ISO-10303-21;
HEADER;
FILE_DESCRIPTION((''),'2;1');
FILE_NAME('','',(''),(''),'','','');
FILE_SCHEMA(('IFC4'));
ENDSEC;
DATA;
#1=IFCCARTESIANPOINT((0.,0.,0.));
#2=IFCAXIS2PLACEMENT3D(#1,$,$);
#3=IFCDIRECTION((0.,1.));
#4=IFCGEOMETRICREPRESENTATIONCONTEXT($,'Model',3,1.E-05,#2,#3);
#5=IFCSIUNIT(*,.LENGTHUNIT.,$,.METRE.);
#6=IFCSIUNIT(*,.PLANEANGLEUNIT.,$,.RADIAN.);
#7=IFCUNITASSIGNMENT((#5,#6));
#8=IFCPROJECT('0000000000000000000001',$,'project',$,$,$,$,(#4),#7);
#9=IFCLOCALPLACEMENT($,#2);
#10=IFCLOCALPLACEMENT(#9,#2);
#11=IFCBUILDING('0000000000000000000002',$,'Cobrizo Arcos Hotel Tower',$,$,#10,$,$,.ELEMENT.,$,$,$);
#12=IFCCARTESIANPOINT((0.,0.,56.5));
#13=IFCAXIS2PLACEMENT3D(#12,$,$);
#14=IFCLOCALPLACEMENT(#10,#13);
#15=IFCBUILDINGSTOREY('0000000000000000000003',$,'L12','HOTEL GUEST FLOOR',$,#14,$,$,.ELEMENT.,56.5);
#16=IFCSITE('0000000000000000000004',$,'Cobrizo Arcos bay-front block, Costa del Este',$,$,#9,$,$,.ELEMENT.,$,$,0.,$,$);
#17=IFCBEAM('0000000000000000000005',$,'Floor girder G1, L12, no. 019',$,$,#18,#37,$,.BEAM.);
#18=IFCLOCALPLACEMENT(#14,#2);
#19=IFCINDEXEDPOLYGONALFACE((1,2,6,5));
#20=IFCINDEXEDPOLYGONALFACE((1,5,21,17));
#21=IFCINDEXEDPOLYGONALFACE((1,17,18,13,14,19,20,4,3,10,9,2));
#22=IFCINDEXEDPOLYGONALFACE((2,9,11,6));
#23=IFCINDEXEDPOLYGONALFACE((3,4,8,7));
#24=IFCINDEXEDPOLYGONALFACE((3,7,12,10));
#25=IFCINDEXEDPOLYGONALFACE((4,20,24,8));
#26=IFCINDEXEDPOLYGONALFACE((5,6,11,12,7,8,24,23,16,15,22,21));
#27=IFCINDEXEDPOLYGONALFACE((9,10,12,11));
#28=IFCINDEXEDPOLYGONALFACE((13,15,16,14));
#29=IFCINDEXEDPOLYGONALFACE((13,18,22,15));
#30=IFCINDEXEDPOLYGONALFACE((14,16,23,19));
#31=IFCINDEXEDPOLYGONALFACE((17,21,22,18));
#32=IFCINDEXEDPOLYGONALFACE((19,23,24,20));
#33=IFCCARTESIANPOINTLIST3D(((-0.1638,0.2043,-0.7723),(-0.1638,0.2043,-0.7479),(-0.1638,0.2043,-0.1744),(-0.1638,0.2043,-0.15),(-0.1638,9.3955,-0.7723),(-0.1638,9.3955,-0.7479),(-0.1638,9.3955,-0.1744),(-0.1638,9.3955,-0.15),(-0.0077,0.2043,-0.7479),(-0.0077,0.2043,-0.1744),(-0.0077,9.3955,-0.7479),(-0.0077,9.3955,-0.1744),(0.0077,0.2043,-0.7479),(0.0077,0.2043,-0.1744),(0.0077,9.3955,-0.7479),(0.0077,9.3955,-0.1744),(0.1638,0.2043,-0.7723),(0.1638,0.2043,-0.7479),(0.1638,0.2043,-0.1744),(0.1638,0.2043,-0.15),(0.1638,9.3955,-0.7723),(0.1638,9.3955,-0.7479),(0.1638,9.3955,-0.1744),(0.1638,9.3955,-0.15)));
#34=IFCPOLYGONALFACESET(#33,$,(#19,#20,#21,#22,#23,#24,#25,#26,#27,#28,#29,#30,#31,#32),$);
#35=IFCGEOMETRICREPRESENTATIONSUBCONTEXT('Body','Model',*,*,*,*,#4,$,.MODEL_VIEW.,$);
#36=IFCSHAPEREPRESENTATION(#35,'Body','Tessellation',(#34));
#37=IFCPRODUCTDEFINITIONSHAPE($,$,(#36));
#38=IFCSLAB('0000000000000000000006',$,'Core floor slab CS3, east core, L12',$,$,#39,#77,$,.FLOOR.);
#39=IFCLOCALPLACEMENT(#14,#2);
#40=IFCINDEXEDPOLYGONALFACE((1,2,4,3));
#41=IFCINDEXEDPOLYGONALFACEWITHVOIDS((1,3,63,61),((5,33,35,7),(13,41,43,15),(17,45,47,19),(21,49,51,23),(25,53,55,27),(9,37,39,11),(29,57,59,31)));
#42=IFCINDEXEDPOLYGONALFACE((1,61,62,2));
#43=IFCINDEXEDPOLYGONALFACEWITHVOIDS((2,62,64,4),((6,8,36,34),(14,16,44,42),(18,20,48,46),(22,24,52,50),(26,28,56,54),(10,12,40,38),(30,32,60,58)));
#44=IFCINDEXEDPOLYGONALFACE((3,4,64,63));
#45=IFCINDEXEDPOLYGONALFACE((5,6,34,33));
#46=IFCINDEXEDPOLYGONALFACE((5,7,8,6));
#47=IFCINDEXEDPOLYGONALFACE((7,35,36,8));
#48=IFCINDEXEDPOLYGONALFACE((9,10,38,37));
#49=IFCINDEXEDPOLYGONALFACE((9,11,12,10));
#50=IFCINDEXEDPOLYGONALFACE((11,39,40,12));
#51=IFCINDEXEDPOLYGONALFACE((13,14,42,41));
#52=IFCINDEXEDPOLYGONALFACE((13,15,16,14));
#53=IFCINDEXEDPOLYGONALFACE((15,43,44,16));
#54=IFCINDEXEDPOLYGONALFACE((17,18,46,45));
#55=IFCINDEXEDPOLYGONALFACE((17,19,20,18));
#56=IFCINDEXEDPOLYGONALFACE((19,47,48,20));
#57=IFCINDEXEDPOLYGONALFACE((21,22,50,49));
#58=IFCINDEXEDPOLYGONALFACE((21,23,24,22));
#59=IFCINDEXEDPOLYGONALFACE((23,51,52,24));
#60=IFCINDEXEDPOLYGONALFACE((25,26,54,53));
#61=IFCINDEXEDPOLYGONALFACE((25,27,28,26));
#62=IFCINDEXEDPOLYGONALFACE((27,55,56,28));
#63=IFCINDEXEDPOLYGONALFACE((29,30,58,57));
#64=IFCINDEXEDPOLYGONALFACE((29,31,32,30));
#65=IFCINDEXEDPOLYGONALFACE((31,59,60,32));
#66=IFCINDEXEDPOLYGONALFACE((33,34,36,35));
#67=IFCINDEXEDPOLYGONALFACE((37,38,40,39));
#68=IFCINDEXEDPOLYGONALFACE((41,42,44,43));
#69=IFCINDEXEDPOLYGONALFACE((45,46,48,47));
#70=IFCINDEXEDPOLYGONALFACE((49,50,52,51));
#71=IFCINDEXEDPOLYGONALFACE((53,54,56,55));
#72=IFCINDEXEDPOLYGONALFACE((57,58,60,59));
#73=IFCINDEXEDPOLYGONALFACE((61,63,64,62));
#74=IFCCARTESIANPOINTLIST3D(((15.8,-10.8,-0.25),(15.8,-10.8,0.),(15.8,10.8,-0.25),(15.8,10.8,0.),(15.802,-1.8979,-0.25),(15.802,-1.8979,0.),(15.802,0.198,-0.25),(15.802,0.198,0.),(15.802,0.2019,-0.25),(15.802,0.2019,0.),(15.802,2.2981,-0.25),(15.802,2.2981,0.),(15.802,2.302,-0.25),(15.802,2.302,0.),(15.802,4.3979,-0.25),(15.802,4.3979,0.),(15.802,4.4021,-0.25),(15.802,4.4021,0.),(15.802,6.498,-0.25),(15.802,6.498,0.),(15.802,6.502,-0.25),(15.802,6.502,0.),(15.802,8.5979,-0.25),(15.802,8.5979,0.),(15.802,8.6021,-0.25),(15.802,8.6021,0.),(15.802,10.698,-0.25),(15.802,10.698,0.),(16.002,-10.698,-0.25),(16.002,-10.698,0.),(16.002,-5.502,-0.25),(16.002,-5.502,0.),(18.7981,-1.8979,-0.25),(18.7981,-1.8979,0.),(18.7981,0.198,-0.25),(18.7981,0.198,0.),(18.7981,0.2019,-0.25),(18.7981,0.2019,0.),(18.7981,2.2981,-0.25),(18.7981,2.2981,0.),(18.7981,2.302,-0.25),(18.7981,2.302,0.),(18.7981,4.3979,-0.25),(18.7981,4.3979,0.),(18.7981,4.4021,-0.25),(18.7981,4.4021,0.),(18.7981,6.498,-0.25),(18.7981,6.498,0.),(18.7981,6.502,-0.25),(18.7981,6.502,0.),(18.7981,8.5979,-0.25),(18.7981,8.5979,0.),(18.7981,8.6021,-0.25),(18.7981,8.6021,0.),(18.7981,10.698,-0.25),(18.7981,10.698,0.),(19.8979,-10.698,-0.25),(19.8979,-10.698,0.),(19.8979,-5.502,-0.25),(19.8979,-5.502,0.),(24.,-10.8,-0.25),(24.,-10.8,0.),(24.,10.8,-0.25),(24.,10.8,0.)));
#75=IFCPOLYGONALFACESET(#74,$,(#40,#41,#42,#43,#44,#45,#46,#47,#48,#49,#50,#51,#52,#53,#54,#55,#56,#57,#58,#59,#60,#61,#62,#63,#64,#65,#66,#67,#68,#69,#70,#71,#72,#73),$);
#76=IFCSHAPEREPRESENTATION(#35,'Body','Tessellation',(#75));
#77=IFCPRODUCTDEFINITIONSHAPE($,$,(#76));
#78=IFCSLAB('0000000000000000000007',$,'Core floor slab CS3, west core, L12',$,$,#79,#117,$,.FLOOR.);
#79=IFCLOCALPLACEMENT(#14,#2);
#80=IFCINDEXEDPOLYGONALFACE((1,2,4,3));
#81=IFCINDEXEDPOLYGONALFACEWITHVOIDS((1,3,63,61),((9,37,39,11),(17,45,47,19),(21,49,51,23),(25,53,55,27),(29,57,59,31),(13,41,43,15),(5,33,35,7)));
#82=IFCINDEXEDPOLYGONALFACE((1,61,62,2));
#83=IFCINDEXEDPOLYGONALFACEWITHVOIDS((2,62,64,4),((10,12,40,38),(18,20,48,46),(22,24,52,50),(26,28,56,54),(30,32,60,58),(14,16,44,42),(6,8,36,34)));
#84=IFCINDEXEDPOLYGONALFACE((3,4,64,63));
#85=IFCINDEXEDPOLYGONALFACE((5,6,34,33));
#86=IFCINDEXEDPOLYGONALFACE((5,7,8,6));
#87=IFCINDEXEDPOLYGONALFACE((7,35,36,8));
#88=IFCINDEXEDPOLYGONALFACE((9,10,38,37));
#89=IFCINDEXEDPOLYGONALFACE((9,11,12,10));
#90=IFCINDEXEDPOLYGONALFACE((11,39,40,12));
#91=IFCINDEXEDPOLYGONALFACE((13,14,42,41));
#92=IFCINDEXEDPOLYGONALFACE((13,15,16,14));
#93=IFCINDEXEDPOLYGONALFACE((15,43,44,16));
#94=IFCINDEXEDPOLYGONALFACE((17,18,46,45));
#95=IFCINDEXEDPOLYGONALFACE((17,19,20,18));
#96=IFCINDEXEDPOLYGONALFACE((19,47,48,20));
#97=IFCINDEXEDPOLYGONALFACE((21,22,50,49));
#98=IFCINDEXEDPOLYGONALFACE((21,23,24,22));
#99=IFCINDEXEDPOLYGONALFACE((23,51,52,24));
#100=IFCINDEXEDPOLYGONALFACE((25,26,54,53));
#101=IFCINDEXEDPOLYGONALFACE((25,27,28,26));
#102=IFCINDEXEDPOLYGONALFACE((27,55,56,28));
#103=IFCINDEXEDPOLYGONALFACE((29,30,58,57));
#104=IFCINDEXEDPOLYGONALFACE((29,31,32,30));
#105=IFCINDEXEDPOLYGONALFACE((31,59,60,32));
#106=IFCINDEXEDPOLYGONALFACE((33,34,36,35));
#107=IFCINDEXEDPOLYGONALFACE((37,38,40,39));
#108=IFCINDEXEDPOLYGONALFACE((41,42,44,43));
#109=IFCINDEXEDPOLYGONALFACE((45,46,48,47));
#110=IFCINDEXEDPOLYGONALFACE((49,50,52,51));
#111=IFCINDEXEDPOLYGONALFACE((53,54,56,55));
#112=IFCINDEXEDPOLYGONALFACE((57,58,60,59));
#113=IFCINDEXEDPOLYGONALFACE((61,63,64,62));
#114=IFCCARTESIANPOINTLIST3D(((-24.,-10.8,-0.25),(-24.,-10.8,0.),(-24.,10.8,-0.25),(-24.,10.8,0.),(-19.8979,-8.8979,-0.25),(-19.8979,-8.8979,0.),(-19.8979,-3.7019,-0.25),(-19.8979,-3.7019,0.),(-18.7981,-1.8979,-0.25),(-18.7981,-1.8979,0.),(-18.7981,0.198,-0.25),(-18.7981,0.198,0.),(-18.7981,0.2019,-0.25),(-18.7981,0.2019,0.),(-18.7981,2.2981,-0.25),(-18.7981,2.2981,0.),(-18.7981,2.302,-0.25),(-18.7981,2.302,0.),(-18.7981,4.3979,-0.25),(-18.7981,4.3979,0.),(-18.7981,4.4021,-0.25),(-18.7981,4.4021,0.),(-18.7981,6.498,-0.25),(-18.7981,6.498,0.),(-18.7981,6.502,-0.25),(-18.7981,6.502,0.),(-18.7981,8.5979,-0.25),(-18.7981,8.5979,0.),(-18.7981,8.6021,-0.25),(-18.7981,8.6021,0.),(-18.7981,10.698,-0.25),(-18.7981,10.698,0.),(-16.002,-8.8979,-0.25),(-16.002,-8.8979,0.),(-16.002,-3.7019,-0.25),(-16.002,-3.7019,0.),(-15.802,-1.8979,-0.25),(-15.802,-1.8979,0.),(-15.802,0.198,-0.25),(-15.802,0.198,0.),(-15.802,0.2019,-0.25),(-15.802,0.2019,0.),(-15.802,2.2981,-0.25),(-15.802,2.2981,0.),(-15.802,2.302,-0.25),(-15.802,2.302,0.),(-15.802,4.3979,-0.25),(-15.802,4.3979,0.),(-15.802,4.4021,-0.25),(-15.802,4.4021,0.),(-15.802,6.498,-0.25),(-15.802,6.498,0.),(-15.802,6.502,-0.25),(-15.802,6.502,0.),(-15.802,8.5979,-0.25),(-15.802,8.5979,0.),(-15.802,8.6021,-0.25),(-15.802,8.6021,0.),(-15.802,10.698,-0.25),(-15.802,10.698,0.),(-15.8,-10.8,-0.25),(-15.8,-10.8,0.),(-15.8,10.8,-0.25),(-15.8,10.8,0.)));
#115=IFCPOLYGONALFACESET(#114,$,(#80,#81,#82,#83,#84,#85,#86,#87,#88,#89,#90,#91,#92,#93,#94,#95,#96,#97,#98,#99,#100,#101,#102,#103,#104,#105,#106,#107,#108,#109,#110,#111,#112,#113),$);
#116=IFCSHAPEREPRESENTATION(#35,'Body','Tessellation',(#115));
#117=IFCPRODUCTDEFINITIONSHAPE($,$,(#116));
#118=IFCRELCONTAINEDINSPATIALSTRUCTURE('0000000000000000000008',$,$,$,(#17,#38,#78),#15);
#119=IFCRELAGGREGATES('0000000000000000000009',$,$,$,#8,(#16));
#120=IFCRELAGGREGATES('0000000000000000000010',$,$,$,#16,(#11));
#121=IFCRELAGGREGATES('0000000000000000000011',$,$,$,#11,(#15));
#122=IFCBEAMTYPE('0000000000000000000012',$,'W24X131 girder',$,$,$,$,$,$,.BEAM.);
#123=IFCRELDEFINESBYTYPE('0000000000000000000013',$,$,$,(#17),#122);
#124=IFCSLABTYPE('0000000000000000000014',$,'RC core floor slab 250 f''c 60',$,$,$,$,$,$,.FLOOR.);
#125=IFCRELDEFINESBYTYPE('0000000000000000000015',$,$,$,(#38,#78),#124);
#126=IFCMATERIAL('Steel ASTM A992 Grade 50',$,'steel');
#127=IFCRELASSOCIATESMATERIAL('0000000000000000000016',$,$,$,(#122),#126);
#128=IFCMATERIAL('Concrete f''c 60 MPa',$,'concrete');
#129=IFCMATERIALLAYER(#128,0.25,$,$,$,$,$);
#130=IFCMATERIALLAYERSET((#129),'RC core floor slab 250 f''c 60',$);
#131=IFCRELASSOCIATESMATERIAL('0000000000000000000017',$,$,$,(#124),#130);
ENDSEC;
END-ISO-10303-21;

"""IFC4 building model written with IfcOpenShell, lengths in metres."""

from ifc_helpers import new_model, si_unit, direction, frame, origin, origin_2d, place, context, subcontext, project, spatial, polyline, i_section, outline, extrude, material, layer, layer_set, material_profile, profile_set, type_object, element, save


model = new_model("IFC4")

# Units and contexts
model_context = context("Model", 3, precision=1e-05, world=origin(), true_north=direction((0.0, 1.0)))
body_context = subcontext(model_context, "Body", "Model", "MODEL_VIEW")
ifc_project = project(units=[si_unit("LENGTHUNIT", "METRE"), si_unit("PLANEANGLEUNIT", "RADIAN")], contexts=[model_context])

# Site, building, storey
site_placement = place(None, origin())
site = spatial("IfcSite", under=ifc_project, at=site_placement, Name="Cobrizo Arcos bay-front block, Costa del Este", CompositionType="ELEMENT", RefElevation=0.0)
building_placement = place(site_placement, origin())
building = spatial("IfcBuilding", under=site, at=building_placement, Name="Cobrizo Arcos Hotel Tower", CompositionType="ELEMENT")
storey_placement = place(building_placement, frame((0.0, 0.0, 56.5)))
storey = spatial("IfcBuildingStorey", under=building, at=storey_placement, Name="L12", Description="HOTEL GUEST FLOOR", CompositionType="ELEMENT", Elevation=56.5)

# Shared definitions
ifc_material_1 = material(Name="Steel ASTM A992 Grade 50", Category="steel")

# Beam
ifc_material_profile_1 = material_profile(ifc_material_1, i_section(OverallWidth=0.3276, OverallDepth=0.6223, WebThickness=0.0154, FlangeThickness=0.0244, at=origin_2d()), Name="W24X131")
ifc_profile_set_1 = profile_set([ifc_material_profile_1], Name="Steel ASTM A992 Grade 50")
beam_type_1 = type_object("IfcBeamType", Name="W24X131 girder", PredefinedType="BEAM", material=ifc_profile_set_1)
for number, where, z_axis, x_axis, name in (
    (1, (0.0, 0.2043, -0.4612), (0.0, 1.0, 0.0), (-1.0, 0.0, 0.0), "Floor girder G1, L12, no. 019"),
):
    element("IfcBeam", number, at=place(storey_placement, frame(where, z_axis=z_axis, x_axis=x_axis)), inside=storey, type_object=beam_type_1, Name=name, PredefinedType="BEAM", context=body_context, shape_type="SweptSolid", body=[
        extrude(i_section(OverallWidth=0.3276, OverallDepth=0.6223, WebThickness=0.0154, FlangeThickness=0.0244, at=origin_2d()), origin(), (0.0, 0.0, 1.0), 9.1912),
    ])

# Slabs
ifc_material_2 = material(Name="Concrete f'c 60 MPa", Category="concrete")
ifc_layer_1 = layer(ifc_material_2, 0.25)
ifc_layer_set_1 = layer_set([ifc_layer_1], Name="RC core floor slab 250 f'c 60")
slab_type_1 = type_object("IfcSlabType", Name="RC core floor slab 250 f'c 60", PredefinedType="FLOOR", material=ifc_layer_set_1)
slab_1_placement = place(storey_placement, frame((0.0, 0.0, -0.25)))
element("IfcSlab", 2, at=slab_1_placement, inside=storey, type_object=slab_type_1, Name="Core floor slab CS3, east core, L12", PredefinedType="FLOOR", context=body_context, shape_type="SweptSolid", body=[
    extrude(outline(polyline([(15.8, 10.8), (24.0, 10.8), (24.0, -10.8), (15.8, -10.8), (15.8, 10.8)]), holes=[polyline([(19.8979, -10.698), (19.8979, -5.502), (16.002, -5.502), (16.002, -10.698), (19.8979, -10.698)]), polyline([(15.802, 0.198), (15.802, -1.8979), (18.7981, -1.8979), (18.7981, 0.198), (15.802, 0.198)]), polyline([(18.7981, 2.2981), (15.802, 2.2981), (15.802, 0.2019), (18.7981, 0.2019), (18.7981, 2.2981)]), polyline([(18.7981, 4.3979), (15.802, 4.3979), (15.802, 2.302), (18.7981, 2.302), (18.7981, 4.3979)]), polyline([(15.802, 6.498), (15.802, 4.4021), (18.7981, 4.4021), (18.7981, 6.498), (15.802, 6.498)]), polyline([(18.7981, 8.5979), (15.802, 8.5979), (15.802, 6.502), (18.7981, 6.502), (18.7981, 8.5979)]), polyline([(18.7981, 10.698), (15.802, 10.698), (15.802, 8.6021), (18.7981, 8.6021), (18.7981, 10.698)])]), origin(), (0.0, 0.0, 1.0), 0.25),
])
slab_2_placement = place(storey_placement, frame((0.0, 0.0, -0.25)))
element("IfcSlab", 3, at=slab_2_placement, inside=storey, type_object=slab_type_1, Name="Core floor slab CS3, west core, L12", PredefinedType="FLOOR", context=body_context, shape_type="SweptSolid", body=[
    extrude(outline(polyline([(-24.0, 10.8), (-15.8, 10.8), (-15.8, -10.8), (-24.0, -10.8), (-24.0, 10.8)]), holes=[polyline([(-19.8979, -3.7019), (-19.8979, -8.8979), (-16.002, -8.8979), (-16.002, -3.7019), (-19.8979, -3.7019)]), polyline([(-18.7981, 0.198), (-18.7981, -1.8979), (-15.802, -1.8979), (-15.802, 0.198), (-18.7981, 0.198)]), polyline([(-15.802, 2.2981), (-18.7981, 2.2981), (-18.7981, 0.2019), (-15.802, 0.2019), (-15.802, 2.2981)]), polyline([(-15.802, 4.3979), (-18.7981, 4.3979), (-18.7981, 2.302), (-15.802, 2.302), (-15.802, 4.3979)]), polyline([(-18.7981, 6.498), (-18.7981, 4.4021), (-15.802, 4.4021), (-15.802, 6.498), (-18.7981, 6.498)]), polyline([(-15.802, 8.5979), (-18.7981, 8.5979), (-18.7981, 6.502), (-15.802, 6.502), (-15.802, 8.5979)]), polyline([(-15.802, 10.698), (-18.7981, 10.698), (-18.7981, 8.6021), (-15.802, 8.6021), (-15.802, 10.698)])]), origin(), (0.0, 0.0, 1.0), 0.25),
])

save(model, "model.ifc")
